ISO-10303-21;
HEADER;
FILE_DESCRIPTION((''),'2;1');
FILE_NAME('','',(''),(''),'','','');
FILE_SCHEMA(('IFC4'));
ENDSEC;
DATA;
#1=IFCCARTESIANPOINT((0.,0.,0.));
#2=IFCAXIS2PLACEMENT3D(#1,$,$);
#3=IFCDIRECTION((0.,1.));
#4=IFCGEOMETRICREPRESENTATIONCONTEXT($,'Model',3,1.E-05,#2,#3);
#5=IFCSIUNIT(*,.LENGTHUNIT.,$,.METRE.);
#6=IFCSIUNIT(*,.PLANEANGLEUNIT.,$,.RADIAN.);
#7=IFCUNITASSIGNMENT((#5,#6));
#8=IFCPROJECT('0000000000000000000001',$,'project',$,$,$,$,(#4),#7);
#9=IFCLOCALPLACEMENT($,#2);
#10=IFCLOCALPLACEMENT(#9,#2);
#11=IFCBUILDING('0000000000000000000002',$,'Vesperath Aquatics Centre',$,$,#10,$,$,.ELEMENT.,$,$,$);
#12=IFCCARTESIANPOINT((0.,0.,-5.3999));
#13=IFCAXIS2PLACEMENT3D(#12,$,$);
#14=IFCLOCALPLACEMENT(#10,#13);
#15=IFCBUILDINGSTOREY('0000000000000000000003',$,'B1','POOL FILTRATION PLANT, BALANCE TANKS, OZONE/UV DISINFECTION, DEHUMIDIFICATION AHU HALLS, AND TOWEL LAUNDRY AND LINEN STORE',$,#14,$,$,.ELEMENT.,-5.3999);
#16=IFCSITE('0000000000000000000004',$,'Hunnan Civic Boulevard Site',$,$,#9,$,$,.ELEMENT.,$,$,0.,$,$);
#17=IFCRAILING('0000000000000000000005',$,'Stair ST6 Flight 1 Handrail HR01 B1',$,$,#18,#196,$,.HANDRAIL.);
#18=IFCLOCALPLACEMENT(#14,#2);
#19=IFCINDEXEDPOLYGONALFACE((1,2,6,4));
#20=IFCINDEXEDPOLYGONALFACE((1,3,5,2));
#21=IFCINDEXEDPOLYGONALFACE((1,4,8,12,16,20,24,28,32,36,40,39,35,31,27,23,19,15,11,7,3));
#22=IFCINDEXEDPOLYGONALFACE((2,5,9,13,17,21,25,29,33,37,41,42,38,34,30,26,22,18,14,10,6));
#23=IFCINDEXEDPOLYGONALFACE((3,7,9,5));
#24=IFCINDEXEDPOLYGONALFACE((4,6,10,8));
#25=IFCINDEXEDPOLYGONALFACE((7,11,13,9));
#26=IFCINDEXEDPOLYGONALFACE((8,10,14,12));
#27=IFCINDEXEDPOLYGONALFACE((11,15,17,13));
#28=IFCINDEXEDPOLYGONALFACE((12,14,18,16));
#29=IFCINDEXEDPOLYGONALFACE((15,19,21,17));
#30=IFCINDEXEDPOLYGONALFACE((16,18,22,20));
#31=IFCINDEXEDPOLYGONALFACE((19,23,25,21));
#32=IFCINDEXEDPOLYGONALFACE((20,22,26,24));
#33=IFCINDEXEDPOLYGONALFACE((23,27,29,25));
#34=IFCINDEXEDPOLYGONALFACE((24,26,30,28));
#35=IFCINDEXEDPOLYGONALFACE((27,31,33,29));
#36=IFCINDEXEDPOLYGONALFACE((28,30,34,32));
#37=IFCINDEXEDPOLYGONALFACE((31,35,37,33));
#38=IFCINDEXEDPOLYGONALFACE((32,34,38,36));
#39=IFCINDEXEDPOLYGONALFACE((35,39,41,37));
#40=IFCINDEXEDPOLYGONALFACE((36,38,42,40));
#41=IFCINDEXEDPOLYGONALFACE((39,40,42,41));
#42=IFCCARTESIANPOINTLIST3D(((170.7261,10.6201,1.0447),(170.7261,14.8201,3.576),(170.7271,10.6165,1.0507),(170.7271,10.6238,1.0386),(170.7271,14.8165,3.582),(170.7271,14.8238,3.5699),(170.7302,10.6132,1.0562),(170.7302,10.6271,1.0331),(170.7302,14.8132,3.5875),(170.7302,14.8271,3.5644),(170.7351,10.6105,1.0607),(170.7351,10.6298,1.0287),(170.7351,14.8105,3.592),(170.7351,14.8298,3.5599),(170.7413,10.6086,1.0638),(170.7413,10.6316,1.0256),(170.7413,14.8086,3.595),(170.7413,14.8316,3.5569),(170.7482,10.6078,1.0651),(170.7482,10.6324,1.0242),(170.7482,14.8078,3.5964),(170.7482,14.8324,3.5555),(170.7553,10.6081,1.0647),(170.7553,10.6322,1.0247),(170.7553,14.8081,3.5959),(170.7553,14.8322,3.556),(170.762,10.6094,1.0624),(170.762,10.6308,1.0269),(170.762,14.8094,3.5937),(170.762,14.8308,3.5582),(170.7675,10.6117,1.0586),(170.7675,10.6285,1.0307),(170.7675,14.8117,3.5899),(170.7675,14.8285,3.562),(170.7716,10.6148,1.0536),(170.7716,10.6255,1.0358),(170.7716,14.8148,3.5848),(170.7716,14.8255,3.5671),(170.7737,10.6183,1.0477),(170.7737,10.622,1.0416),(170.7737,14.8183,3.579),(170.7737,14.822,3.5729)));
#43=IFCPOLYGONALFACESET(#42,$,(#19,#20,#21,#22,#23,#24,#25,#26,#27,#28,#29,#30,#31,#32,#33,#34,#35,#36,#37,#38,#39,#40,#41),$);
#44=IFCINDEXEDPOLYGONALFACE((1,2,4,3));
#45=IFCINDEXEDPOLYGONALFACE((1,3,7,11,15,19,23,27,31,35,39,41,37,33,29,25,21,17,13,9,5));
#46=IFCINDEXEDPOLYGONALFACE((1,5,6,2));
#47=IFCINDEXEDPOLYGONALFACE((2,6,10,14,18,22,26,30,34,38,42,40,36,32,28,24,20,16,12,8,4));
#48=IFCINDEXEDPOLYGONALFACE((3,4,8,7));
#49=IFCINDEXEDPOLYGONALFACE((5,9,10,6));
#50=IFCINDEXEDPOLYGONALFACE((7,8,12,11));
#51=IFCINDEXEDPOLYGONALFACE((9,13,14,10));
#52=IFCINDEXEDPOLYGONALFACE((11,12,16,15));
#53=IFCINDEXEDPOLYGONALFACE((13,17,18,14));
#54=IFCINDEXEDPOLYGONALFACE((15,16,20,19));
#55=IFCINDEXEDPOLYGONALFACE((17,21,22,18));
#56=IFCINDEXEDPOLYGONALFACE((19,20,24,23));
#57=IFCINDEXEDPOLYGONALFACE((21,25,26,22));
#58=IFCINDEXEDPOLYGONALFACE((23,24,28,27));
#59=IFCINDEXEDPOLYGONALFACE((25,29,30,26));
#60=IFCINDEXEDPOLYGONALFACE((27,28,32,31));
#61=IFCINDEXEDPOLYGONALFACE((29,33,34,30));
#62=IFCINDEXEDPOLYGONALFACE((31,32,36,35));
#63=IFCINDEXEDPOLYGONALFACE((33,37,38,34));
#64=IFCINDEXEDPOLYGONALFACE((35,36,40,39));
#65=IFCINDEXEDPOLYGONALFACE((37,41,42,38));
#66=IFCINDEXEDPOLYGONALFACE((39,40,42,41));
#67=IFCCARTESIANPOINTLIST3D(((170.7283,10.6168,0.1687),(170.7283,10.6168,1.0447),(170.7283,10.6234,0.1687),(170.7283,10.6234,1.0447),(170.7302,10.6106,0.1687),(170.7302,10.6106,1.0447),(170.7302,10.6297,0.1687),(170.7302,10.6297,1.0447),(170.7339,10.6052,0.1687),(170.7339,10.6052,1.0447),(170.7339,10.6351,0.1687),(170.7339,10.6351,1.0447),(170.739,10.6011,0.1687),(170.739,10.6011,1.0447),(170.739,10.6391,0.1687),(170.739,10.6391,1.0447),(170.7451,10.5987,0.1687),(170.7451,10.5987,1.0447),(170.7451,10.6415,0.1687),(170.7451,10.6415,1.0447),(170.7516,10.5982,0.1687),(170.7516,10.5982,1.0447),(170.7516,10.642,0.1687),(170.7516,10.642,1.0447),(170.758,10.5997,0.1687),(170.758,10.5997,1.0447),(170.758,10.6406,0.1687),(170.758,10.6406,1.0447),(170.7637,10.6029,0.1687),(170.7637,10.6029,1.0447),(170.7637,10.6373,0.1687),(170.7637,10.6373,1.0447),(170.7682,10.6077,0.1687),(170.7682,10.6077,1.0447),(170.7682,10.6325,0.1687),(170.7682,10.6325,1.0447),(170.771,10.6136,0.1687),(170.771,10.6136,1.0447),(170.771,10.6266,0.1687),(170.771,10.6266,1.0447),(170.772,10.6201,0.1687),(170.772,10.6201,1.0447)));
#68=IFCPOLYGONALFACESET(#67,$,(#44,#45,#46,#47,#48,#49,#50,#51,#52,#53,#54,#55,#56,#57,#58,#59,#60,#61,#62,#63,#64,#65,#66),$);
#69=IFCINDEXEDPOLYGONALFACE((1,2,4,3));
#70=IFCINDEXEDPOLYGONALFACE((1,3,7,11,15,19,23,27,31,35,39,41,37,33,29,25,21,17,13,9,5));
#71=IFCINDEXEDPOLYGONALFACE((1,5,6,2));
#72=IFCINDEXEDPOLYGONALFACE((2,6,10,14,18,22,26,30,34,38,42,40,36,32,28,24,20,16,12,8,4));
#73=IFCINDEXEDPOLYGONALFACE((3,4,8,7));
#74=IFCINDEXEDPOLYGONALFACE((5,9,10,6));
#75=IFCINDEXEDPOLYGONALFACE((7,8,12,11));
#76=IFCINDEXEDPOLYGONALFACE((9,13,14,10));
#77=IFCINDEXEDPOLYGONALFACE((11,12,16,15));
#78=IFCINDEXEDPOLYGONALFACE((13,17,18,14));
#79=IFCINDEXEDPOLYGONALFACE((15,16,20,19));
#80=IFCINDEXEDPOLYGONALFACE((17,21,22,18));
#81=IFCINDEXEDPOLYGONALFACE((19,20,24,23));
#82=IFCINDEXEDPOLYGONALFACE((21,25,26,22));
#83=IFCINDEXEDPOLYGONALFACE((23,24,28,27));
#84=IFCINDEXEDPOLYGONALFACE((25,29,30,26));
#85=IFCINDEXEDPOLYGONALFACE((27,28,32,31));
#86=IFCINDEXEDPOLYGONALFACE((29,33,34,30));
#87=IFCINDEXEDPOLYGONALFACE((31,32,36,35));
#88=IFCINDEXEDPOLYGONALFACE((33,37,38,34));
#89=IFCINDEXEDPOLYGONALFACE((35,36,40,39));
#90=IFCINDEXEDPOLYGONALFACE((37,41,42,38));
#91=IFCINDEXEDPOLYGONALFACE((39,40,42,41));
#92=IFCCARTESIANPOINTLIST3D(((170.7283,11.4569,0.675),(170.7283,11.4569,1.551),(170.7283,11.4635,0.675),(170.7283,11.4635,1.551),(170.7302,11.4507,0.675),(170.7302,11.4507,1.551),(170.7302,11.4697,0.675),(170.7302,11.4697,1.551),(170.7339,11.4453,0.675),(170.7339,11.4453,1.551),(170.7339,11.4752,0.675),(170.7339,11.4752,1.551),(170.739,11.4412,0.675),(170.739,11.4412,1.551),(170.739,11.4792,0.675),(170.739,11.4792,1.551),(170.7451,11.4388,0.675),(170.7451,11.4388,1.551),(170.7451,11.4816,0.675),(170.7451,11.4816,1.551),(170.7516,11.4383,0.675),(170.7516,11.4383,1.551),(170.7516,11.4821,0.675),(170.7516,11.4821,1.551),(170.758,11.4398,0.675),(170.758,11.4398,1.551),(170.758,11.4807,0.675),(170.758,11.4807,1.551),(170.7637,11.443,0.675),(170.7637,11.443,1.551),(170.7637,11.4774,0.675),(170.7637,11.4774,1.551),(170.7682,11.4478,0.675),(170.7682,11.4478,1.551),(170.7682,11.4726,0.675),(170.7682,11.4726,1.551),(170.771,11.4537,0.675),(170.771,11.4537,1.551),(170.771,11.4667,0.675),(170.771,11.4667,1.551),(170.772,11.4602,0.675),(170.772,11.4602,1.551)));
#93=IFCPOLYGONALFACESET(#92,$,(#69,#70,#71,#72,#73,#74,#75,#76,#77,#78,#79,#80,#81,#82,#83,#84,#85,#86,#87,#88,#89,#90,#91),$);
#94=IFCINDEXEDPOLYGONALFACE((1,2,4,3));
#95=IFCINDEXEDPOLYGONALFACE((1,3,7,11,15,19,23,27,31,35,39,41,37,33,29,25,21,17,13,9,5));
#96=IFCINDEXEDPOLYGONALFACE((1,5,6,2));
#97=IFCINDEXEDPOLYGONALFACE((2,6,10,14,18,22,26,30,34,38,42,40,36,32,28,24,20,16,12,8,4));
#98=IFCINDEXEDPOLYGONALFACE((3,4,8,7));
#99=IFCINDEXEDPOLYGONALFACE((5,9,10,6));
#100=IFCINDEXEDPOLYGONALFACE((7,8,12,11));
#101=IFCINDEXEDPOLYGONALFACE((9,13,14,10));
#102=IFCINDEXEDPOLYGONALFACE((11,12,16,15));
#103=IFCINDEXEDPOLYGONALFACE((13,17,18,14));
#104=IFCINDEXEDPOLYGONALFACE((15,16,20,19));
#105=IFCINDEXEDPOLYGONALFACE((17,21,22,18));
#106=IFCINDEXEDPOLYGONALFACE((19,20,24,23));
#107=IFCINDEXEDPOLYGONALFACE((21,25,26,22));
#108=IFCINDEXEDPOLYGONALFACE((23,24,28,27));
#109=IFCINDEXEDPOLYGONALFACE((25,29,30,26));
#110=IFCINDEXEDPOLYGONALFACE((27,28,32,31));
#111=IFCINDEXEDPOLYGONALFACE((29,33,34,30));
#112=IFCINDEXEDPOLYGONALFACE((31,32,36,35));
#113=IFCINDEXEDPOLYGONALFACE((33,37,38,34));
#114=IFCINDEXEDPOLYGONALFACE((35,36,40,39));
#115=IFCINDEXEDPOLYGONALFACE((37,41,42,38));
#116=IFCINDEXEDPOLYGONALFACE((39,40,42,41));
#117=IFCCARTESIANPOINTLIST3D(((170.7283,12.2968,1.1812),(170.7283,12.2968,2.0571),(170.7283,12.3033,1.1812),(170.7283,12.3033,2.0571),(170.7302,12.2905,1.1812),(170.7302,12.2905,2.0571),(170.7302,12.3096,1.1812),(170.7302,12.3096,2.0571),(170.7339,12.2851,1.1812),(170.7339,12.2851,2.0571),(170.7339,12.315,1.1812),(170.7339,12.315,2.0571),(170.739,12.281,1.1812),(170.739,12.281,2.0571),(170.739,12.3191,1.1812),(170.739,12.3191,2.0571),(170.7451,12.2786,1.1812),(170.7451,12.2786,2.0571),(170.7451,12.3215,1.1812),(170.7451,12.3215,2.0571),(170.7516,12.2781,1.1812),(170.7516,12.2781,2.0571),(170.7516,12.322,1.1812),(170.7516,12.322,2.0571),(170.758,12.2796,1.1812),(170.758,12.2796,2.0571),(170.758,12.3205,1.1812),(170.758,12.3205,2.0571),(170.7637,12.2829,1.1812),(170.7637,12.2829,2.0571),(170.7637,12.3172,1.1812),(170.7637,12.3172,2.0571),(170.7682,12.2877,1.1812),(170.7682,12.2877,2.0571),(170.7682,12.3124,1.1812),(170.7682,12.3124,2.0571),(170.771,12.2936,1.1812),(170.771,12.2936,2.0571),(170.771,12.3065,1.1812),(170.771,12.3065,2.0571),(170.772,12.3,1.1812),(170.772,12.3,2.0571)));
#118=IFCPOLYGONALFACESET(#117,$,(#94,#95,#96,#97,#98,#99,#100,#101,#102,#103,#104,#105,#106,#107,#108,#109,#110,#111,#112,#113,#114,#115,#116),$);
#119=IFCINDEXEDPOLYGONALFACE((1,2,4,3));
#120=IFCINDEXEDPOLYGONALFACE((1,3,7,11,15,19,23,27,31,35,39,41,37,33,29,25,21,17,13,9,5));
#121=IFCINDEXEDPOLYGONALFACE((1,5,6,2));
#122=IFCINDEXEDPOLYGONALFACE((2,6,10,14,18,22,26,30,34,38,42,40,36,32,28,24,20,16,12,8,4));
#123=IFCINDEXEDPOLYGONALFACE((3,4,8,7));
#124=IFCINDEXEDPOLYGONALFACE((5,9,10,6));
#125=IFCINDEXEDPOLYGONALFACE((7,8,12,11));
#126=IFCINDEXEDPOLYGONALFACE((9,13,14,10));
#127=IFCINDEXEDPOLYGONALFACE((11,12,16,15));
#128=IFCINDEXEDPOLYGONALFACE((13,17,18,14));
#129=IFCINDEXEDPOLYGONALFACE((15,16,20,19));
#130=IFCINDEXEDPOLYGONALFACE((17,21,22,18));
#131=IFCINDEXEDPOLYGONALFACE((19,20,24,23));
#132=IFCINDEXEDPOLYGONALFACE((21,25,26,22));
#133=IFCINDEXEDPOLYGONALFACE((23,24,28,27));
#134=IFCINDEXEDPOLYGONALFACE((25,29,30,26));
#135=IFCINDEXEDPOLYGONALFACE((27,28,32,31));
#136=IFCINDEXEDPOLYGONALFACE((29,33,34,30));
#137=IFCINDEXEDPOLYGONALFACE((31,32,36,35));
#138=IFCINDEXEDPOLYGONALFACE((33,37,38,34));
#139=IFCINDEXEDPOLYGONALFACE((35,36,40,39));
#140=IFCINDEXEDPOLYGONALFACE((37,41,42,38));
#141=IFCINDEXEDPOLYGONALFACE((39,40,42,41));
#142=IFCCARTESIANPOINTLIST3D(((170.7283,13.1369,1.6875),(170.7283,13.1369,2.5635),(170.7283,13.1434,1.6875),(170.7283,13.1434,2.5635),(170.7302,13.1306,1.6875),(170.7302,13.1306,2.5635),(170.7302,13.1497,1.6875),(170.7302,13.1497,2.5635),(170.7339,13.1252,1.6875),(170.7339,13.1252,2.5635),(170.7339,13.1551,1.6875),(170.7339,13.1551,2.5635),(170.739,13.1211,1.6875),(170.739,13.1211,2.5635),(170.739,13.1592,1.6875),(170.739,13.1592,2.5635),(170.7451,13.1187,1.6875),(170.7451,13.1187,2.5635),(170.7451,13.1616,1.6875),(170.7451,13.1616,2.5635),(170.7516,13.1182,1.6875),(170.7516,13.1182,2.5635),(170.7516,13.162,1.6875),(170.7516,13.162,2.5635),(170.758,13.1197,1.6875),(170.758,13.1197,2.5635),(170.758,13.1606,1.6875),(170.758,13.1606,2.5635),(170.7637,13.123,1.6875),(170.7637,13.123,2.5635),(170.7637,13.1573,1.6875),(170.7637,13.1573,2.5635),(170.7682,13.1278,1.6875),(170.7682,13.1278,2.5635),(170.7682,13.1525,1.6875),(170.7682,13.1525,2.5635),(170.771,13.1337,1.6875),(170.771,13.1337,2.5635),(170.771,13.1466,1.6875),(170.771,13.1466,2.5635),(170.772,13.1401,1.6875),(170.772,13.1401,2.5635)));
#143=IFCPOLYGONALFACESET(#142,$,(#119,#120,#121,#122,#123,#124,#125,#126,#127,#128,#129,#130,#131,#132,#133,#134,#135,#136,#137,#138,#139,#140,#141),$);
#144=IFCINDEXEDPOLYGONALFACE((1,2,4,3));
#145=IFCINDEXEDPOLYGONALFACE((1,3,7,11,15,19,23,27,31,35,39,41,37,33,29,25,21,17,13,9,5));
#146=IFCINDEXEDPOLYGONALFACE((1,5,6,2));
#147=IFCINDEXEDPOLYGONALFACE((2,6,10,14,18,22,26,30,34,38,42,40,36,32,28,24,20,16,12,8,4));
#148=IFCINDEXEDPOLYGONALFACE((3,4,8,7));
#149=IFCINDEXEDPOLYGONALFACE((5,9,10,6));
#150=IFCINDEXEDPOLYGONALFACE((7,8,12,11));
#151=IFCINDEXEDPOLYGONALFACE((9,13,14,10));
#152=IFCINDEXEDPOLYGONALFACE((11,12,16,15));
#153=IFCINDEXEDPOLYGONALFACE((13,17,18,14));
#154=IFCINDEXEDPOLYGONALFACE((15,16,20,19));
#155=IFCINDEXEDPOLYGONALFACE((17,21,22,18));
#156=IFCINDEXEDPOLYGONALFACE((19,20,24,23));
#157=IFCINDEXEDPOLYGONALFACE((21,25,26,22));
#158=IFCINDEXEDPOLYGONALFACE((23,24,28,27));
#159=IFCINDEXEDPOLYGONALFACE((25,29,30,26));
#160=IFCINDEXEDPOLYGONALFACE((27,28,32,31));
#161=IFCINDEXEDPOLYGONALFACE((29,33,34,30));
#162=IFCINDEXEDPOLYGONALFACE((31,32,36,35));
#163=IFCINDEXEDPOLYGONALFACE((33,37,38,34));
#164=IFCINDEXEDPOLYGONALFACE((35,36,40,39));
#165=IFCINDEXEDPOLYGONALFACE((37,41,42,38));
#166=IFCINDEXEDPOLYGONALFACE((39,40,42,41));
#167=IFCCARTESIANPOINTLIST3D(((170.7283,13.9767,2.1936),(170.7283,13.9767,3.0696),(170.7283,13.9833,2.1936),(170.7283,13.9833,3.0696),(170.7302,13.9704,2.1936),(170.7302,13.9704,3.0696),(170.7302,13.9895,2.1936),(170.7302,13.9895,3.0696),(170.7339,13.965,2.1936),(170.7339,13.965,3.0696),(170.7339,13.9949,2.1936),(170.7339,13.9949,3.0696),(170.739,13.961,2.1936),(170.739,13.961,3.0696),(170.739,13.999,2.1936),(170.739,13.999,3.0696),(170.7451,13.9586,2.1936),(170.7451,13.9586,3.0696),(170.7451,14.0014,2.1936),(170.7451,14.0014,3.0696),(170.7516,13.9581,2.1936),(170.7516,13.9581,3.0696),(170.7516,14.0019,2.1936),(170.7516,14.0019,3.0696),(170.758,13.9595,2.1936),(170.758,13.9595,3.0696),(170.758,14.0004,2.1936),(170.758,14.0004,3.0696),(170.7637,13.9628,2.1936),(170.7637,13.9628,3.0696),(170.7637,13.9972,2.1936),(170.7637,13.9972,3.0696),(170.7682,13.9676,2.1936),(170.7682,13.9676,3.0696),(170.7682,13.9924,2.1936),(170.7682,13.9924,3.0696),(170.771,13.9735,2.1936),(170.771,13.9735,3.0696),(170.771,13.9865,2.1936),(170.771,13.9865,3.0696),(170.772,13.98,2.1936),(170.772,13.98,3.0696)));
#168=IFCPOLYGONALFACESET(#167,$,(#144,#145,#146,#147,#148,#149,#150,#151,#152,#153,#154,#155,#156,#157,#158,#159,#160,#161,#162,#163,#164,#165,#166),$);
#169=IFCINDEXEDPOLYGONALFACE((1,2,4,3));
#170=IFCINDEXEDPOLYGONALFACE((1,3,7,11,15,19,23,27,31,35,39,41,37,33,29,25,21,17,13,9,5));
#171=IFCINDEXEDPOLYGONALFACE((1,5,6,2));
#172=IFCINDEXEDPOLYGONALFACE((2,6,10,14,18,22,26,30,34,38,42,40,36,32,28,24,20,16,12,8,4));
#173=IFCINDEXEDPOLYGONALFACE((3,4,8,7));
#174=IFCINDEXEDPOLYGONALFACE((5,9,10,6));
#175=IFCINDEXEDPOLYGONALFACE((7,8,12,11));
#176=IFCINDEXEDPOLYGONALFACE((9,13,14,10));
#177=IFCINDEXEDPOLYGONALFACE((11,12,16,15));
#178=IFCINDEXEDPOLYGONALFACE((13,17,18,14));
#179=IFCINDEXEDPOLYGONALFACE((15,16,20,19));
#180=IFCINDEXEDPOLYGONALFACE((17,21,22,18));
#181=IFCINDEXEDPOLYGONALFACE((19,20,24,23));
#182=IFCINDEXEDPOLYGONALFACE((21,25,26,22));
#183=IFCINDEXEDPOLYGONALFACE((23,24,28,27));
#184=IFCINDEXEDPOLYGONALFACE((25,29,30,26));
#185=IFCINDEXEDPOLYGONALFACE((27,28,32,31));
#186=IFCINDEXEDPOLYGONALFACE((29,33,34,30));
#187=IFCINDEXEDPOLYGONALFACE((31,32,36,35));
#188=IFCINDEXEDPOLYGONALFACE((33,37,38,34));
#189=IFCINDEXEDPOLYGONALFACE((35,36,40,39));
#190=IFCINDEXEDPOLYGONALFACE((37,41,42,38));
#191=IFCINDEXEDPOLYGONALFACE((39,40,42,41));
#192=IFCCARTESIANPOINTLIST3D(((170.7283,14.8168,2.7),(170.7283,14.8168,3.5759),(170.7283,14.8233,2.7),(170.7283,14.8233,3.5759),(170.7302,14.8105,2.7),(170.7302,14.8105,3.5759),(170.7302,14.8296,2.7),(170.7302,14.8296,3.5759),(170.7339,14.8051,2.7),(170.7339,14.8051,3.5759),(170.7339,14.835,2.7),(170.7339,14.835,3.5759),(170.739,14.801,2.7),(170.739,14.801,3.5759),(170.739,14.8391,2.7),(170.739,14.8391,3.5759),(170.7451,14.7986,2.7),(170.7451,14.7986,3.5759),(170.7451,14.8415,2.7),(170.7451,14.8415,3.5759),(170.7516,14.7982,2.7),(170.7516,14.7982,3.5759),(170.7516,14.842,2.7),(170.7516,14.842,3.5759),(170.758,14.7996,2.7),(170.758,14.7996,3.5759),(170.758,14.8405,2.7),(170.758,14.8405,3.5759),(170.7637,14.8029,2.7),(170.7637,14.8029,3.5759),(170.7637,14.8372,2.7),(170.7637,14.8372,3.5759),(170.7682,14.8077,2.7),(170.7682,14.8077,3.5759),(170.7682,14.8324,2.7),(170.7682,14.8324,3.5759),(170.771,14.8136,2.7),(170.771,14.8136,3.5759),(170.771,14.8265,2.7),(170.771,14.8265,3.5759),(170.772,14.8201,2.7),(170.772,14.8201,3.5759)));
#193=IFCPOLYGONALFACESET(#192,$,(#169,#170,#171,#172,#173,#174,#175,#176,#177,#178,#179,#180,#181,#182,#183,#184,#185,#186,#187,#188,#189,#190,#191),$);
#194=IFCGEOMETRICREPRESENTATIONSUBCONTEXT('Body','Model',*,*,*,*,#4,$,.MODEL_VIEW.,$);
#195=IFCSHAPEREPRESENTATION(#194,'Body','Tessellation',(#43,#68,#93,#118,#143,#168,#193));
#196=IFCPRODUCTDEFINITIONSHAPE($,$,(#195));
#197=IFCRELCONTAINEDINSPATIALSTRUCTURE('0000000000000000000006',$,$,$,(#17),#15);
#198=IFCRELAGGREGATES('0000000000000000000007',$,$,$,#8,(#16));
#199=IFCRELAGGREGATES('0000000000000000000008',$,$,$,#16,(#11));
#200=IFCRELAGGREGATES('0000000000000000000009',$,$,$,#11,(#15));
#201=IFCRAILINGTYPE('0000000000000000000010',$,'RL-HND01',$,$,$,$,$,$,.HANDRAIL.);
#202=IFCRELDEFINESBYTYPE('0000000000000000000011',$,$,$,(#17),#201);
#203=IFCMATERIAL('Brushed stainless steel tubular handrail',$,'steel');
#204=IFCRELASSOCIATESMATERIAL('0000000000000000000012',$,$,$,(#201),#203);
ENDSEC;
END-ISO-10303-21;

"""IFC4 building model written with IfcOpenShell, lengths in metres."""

from ifc_helpers import new_model, si_unit, direction, frame, origin, origin_2d, place, context, subcontext, project, spatial, circle, extrude, material, type_object, element, save


model = new_model("IFC4")

# Units and contexts
model_context = context("Model", 3, precision=1e-05, world=origin(), true_north=direction((0.0, 1.0)))
body_context = subcontext(model_context, "Body", "Model", "MODEL_VIEW")
ifc_project = project(units=[si_unit("LENGTHUNIT", "METRE"), si_unit("PLANEANGLEUNIT", "RADIAN")], contexts=[model_context])

# Site, building, storey
site_placement = place(None, origin())
site = spatial("IfcSite", under=ifc_project, at=site_placement, Name="Hunnan Civic Boulevard Site", CompositionType="ELEMENT", RefElevation=0.0)
building_placement = place(site_placement, origin())
building = spatial("IfcBuilding", under=site, at=building_placement, Name="Vesperath Aquatics Centre", CompositionType="ELEMENT")
storey_placement = place(building_placement, frame((0.0, 0.0, -5.3999)))
storey = spatial("IfcBuildingStorey", under=building, at=storey_placement, Name="B1", Description="POOL FILTRATION PLANT, BALANCE TANKS, OZONE/UV DISINFECTION, DEHUMIDIFICATION AHU HALLS, AND TOWEL LAUNDRY AND LINEN STORE", CompositionType="ELEMENT", Elevation=-5.3999)

# Railing
ifc_material_1 = material(Name="Brushed stainless steel tubular handrail", Category="steel")
railing_type_1 = type_object("IfcRailingType", Name="RL-HND01", PredefinedType="HANDRAIL", material=ifc_material_1)
railing_1_placement = place(storey_placement, frame((170.75, 10.6201, 0.1687)))
element("IfcRailing", 1, at=railing_1_placement, inside=storey, type_object=railing_type_1, Name="Stair ST6 Flight 1 Handrail HR01 B1", PredefinedType="HANDRAIL", context=body_context, shape_type="SweptSolid", body=[
    extrude(circle(Radius=0.0239, at=origin_2d()), frame((0.0, 0.0, 0.876), z_axis=(0.0, 0.856476, 0.516186), x_axis=(-1.0, 0.0, 0.0)), (0.0, 0.0, 1.0), 4.9038),
    extrude(circle(Radius=0.022, at=origin_2d()), origin(), (0.0, 0.0, 1.0), 0.876),
    extrude(circle(Radius=0.022, at=origin_2d()), frame((0.0, 0.8401, 0.5063)), (0.0, 0.0, 1.0), 0.876),
    extrude(circle(Radius=0.022, at=origin_2d()), frame((0.0, 1.6799, 1.0125)), (0.0, 0.0, 1.0), 0.876),
    extrude(circle(Radius=0.022, at=origin_2d()), frame((0.0, 2.52, 1.5188)), (0.0, 0.0, 1.0), 0.876),
    extrude(circle(Radius=0.022, at=origin_2d()), frame((0.0, 3.3599, 2.0249)), (0.0, 0.0, 1.0), 0.876),
    extrude(circle(Radius=0.022, at=origin_2d()), frame((0.0, 4.2, 2.5312)), (0.0, 0.0, 1.0), 0.876),
])

save(model, "model.ifc")
